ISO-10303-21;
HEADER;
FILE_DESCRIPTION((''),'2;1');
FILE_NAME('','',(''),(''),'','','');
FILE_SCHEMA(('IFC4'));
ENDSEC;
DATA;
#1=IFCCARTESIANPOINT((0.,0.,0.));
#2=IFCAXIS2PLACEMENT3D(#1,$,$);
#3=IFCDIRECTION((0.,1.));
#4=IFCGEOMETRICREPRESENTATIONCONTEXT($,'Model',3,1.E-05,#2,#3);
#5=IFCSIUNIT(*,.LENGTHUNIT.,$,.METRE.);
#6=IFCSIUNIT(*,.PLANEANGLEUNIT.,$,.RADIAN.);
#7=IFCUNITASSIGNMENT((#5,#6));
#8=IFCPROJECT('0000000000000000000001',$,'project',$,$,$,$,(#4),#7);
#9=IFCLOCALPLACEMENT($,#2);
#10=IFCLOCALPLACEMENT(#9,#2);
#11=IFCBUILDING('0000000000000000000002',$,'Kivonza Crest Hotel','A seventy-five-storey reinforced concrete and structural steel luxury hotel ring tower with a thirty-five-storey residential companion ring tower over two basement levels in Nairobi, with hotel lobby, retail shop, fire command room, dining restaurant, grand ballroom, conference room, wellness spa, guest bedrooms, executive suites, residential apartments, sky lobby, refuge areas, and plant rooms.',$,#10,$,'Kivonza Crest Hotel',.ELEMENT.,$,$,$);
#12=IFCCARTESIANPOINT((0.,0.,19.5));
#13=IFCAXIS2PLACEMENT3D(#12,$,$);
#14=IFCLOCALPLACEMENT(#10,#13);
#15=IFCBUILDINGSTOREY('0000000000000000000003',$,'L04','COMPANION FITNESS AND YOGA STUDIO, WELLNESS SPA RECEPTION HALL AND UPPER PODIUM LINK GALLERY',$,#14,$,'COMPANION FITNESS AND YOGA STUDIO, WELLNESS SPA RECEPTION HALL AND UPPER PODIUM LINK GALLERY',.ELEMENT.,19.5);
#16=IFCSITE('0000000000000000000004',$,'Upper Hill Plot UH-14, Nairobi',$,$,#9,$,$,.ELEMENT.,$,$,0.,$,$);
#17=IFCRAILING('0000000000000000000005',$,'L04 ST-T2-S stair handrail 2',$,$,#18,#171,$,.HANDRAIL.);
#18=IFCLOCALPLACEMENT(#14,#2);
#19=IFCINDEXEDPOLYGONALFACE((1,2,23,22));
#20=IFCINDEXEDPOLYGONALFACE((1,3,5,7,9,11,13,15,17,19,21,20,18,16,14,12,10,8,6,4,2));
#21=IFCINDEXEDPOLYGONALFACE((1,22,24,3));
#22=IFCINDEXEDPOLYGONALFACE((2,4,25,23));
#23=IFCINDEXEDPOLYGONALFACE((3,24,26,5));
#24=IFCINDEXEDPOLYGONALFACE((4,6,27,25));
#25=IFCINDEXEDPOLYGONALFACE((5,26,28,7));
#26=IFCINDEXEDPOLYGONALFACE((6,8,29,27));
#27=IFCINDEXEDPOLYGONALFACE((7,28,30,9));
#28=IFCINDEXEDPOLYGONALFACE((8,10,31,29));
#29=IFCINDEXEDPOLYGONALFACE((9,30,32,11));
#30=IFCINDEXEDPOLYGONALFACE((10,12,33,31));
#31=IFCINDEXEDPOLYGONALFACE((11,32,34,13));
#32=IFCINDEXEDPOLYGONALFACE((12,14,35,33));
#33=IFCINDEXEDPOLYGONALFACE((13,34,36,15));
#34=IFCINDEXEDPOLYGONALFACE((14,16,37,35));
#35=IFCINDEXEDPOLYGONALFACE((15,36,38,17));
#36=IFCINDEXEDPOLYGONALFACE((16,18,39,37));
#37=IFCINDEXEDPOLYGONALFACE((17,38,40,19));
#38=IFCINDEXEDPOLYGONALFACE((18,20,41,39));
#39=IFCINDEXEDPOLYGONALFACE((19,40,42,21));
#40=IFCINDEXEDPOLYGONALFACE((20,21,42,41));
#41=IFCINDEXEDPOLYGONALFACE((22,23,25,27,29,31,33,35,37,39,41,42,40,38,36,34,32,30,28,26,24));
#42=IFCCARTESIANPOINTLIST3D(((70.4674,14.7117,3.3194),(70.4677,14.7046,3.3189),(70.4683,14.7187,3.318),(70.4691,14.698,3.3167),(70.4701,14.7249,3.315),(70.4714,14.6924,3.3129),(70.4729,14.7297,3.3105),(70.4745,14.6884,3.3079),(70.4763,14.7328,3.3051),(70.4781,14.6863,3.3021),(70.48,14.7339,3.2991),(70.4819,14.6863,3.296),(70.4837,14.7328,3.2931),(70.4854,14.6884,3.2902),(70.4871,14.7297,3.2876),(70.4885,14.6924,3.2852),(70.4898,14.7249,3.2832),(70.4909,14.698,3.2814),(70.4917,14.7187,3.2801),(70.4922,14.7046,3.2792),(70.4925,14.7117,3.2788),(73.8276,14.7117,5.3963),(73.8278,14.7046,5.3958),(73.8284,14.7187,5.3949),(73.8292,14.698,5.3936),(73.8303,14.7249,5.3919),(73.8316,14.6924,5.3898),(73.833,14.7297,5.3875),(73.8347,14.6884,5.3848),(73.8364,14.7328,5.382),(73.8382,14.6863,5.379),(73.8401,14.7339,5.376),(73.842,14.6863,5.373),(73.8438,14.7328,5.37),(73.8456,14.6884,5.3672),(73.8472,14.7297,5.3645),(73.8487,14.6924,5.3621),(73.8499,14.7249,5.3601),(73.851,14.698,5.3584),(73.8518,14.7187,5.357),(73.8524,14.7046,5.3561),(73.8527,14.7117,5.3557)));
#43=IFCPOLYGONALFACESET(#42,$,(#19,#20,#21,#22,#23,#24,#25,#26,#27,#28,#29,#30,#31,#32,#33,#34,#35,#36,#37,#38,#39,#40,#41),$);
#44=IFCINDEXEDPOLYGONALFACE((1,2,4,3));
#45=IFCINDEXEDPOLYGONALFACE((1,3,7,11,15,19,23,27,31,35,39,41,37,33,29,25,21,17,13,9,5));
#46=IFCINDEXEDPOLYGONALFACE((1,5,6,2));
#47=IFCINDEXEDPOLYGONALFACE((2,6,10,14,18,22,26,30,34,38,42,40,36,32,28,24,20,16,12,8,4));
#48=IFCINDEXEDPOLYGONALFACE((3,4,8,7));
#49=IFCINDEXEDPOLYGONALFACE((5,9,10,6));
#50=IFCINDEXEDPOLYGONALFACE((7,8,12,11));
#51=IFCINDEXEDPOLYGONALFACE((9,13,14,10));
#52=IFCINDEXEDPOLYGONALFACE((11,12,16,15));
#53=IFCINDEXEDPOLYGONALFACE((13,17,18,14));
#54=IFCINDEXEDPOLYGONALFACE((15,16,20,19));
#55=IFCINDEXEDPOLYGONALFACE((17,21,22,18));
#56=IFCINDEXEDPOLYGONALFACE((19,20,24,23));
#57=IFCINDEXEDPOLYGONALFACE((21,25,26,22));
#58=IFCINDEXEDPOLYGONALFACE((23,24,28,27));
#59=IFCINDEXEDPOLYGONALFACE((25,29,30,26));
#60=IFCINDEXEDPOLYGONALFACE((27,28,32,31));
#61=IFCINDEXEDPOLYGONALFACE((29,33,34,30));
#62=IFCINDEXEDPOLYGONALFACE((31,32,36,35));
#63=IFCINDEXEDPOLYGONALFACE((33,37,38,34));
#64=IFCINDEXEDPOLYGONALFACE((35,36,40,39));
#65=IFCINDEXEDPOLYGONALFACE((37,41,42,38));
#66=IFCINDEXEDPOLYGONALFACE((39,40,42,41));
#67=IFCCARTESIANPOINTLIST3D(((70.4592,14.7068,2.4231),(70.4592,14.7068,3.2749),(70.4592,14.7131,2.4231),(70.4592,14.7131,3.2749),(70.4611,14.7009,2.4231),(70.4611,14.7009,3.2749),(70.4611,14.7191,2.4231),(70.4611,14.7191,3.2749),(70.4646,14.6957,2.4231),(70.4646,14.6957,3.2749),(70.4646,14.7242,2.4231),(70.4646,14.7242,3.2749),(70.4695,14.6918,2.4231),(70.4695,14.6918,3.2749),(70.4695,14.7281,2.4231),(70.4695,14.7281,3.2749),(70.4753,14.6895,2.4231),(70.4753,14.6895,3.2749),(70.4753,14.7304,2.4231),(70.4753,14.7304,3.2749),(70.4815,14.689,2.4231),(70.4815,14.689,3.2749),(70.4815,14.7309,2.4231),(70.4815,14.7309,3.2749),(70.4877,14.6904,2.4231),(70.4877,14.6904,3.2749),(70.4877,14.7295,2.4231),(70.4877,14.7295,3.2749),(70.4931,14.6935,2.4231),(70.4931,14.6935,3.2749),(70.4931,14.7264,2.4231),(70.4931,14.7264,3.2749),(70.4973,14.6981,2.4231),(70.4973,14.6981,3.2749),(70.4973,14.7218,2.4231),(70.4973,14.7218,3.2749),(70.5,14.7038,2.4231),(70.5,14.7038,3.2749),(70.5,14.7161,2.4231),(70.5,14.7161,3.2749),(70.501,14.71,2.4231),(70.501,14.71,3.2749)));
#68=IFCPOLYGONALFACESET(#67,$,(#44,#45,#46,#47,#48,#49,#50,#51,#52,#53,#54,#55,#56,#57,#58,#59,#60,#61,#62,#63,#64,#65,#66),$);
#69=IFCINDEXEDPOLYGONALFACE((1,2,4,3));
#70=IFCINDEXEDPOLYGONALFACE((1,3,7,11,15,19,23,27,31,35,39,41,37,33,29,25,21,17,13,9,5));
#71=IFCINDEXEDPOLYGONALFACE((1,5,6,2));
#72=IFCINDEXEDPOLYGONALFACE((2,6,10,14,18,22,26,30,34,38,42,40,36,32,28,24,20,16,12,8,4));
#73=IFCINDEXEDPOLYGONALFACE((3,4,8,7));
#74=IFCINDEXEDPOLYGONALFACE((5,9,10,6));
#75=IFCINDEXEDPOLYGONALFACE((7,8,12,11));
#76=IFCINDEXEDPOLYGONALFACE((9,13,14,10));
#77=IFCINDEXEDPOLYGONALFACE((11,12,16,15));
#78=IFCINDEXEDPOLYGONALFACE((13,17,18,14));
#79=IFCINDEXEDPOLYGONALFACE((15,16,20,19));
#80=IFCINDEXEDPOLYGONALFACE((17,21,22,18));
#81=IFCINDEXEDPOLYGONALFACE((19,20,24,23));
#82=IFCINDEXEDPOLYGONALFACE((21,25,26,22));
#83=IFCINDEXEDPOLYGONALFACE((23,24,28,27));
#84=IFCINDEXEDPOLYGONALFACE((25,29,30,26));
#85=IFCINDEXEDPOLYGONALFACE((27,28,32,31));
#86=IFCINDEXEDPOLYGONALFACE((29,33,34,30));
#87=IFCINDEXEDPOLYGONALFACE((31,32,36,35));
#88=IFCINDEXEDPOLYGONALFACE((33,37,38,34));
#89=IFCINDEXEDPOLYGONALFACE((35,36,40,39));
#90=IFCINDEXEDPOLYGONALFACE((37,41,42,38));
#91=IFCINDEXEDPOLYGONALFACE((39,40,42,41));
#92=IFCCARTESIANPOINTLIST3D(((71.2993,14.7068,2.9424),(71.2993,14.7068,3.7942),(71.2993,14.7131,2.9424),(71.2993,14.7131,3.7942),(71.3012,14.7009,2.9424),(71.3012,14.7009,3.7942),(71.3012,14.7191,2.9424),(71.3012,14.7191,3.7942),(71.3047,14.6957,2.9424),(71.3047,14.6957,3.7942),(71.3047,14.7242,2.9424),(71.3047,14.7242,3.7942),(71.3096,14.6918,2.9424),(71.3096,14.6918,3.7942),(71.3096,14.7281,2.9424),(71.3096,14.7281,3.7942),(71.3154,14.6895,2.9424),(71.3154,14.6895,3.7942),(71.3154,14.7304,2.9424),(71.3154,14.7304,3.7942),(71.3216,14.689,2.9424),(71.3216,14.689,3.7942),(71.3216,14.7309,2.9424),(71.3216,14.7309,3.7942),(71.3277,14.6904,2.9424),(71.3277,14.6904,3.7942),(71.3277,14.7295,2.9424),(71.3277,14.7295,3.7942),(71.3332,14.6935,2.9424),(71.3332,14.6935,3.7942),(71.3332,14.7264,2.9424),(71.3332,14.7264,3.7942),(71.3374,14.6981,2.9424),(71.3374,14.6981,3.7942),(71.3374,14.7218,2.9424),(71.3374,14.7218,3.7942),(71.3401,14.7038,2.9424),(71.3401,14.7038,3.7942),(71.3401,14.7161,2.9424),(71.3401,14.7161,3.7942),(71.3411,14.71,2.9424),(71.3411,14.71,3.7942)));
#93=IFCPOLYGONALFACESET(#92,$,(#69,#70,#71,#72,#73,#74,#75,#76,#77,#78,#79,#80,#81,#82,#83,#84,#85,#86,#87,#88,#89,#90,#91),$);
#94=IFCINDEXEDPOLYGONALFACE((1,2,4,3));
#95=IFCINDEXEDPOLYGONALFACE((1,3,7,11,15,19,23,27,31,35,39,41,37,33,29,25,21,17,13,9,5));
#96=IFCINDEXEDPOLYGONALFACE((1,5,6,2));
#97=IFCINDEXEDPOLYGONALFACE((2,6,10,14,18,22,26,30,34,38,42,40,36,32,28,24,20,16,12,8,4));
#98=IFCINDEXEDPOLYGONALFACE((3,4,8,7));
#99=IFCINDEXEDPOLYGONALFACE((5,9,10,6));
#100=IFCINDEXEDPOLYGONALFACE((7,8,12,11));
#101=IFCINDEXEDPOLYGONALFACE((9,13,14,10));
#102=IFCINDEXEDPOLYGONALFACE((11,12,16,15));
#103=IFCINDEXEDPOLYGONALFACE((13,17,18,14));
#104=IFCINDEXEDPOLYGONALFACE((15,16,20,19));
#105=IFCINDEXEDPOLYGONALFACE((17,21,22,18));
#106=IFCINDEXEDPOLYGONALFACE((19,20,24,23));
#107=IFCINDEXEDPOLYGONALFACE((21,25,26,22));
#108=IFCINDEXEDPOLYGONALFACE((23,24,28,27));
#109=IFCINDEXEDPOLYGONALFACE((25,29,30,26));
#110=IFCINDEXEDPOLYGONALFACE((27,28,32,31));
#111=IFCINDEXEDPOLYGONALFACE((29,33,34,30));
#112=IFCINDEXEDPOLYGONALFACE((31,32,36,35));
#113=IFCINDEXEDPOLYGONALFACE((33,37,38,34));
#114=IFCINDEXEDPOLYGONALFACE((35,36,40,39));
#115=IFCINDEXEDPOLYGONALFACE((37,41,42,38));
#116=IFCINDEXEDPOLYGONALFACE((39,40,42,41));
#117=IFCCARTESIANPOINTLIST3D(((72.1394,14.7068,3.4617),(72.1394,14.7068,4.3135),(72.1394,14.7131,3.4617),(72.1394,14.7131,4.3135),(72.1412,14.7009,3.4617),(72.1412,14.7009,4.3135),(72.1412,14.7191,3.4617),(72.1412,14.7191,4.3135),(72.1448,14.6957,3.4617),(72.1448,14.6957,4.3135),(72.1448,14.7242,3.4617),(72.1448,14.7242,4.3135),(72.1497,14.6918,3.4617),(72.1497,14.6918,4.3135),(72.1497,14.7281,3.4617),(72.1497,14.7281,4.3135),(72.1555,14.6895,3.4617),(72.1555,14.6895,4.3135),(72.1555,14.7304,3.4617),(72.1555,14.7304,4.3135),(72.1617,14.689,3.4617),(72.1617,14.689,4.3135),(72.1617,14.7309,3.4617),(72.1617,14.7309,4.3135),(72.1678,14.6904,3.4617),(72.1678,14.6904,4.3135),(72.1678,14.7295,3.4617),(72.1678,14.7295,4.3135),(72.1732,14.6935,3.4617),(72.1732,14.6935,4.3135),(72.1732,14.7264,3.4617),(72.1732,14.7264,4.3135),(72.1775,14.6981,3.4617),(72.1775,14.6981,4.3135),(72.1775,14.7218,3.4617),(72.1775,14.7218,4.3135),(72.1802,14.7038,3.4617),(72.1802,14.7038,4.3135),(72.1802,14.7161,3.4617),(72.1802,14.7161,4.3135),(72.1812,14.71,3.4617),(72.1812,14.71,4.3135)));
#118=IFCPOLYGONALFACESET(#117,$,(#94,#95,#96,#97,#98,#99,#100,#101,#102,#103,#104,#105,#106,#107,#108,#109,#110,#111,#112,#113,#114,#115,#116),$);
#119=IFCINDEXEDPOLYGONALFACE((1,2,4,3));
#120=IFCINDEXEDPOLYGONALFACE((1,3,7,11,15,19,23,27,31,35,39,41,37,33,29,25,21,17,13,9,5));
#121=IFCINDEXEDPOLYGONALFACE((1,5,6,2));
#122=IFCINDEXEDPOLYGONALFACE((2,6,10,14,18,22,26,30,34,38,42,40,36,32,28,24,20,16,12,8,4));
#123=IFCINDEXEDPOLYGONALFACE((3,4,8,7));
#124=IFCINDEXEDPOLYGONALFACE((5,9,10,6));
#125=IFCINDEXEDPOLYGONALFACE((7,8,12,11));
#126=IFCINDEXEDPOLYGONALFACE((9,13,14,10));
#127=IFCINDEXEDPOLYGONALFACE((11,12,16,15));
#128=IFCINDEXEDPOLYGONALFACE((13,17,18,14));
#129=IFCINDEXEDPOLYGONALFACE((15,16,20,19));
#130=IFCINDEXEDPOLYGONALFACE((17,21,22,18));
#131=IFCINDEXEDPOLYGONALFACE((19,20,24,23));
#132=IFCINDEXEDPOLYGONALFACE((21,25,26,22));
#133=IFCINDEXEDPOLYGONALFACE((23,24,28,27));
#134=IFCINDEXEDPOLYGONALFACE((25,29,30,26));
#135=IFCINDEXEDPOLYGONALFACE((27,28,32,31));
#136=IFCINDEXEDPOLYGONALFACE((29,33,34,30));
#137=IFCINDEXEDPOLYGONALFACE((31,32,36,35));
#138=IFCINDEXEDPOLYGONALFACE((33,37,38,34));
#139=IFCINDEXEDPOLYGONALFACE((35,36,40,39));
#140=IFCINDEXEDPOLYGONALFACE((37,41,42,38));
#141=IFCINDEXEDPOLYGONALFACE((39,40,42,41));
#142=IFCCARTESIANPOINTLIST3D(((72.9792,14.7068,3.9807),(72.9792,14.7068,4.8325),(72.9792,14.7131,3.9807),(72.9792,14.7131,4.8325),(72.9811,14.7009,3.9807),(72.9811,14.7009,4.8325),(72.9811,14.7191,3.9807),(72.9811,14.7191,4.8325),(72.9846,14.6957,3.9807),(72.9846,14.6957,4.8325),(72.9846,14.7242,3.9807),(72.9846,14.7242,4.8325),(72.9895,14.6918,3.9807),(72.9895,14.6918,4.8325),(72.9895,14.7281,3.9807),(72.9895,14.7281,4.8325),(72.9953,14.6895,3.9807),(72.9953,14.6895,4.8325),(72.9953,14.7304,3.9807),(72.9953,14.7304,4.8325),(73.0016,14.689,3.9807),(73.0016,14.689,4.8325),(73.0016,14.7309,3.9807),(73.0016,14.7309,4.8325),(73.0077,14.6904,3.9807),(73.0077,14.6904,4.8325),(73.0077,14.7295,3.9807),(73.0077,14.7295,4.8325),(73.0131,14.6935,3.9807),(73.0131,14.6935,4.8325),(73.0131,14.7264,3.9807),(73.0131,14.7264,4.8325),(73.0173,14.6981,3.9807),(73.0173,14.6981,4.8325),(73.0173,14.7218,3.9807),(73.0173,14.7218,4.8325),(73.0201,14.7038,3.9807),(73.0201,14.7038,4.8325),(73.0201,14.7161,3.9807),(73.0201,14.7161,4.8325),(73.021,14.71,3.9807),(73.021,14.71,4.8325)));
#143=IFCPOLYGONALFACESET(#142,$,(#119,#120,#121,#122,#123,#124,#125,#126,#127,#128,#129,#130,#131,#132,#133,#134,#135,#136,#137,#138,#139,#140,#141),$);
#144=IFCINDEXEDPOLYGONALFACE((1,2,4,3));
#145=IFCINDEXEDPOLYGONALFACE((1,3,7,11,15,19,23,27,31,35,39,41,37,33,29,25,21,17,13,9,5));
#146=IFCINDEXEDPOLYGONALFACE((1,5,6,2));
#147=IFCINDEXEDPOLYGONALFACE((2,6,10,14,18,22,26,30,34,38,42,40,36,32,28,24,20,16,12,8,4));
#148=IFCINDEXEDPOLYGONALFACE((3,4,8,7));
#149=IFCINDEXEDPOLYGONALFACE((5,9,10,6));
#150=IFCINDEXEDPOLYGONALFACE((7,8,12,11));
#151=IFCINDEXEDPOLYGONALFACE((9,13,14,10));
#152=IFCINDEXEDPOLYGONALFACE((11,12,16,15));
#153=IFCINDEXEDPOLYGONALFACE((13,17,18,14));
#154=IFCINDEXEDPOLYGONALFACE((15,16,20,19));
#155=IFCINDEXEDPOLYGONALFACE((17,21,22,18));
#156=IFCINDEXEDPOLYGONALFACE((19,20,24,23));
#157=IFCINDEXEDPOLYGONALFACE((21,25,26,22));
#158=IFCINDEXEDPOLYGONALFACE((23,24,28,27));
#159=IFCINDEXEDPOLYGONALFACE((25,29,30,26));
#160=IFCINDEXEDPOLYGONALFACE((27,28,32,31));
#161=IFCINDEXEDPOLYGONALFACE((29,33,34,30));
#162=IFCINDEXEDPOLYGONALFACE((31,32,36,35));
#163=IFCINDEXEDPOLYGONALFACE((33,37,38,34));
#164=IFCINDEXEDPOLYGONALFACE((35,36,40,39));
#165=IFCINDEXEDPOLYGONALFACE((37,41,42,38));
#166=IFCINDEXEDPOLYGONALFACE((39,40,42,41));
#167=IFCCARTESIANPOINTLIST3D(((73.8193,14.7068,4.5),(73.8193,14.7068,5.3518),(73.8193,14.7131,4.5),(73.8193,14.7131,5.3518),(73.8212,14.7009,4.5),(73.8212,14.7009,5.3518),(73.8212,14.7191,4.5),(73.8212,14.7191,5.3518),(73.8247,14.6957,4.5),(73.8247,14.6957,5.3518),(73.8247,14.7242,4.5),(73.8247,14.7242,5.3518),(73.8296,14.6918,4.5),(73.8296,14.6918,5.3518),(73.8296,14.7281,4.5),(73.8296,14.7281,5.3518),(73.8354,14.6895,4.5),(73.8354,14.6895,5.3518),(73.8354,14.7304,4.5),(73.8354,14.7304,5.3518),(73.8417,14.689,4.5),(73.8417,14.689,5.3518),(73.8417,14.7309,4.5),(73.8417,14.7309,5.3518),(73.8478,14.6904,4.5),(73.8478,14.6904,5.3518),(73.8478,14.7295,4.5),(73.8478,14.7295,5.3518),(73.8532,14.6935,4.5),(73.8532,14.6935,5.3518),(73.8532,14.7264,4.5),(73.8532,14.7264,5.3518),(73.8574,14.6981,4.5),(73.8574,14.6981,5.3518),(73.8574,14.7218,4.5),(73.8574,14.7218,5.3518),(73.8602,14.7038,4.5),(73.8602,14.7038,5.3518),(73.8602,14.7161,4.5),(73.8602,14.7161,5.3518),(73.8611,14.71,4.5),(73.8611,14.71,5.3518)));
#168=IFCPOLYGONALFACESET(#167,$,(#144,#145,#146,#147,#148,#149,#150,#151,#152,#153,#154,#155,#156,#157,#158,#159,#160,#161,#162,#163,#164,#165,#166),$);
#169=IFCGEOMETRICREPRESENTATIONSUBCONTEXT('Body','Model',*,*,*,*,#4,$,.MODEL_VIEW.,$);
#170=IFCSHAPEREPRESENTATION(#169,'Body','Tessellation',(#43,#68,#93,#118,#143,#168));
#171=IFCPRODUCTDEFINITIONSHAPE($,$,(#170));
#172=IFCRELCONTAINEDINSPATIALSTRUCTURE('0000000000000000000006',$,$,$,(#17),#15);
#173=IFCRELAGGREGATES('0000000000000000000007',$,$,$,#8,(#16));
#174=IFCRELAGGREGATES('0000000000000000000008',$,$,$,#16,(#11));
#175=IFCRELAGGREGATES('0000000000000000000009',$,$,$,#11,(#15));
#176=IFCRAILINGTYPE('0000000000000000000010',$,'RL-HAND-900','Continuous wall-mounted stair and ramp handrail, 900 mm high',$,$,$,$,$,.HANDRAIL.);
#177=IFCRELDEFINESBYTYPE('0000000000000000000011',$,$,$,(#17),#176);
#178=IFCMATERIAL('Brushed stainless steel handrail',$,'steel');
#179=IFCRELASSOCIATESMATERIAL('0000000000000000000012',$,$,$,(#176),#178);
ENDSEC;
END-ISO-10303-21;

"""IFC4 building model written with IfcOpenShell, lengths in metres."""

from ifc_helpers import new_model, si_unit, direction, frame, origin, origin_2d, place, context, subcontext, project, spatial, circle, extrude, material, type_object, element, save


model = new_model("IFC4")

# Units and contexts
model_context = context("Model", 3, precision=1e-05, world=origin(), true_north=direction((0.0, 1.0)))
body_context = subcontext(model_context, "Body", "Model", "MODEL_VIEW")
ifc_project = project(units=[si_unit("LENGTHUNIT", "METRE"), si_unit("PLANEANGLEUNIT", "RADIAN")], contexts=[model_context])

# Site, building, storey
site_placement = place(None, origin())
site = spatial("IfcSite", under=ifc_project, at=site_placement, Name="Upper Hill Plot UH-14, Nairobi", CompositionType="ELEMENT", RefElevation=0.0)
building_placement = place(site_placement, origin())
building = spatial("IfcBuilding", under=site, at=building_placement, Name="Kivonza Crest Hotel", Description="A seventy-five-storey reinforced concrete and structural steel luxury hotel ring tower with a thirty-five-storey residential companion ring tower over two basement levels in Nairobi, with hotel lobby, retail shop, fire command room, dining restaurant, grand ballroom, conference room, wellness spa, guest bedrooms, executive suites, residential apartments, sky lobby, refuge areas, and plant rooms.", LongName="Kivonza Crest Hotel", CompositionType="ELEMENT")
storey_placement = place(building_placement, frame((0.0, 0.0, 19.5)))
storey = spatial("IfcBuildingStorey", under=building, at=storey_placement, Name="L04", Description="COMPANION FITNESS AND YOGA STUDIO, WELLNESS SPA RECEPTION HALL AND UPPER PODIUM LINK GALLERY", LongName="COMPANION FITNESS AND YOGA STUDIO, WELLNESS SPA RECEPTION HALL AND UPPER PODIUM LINK GALLERY", CompositionType="ELEMENT", Elevation=19.5)

# Railing
ifc_material_1 = material(Name="Brushed stainless steel handrail", Category="steel")
railing_type_1 = type_object("IfcRailingType", Name="RL-HAND-900", Description="Continuous wall-mounted stair and ramp handrail, 900 mm high", PredefinedType="HANDRAIL", material=ifc_material_1)
railing_1_placement = place(storey_placement, frame((70.48, 14.71, 2.4231)))
element("IfcRailing", 1, at=railing_1_placement, inside=storey, type_object=railing_type_1, Name="L04 ST-T2-S stair handrail 2", PredefinedType="HANDRAIL", context=body_context, shape_type="SweptSolid", body=[
    extrude(circle(Radius=0.0239, at=origin_2d()), frame((0.0, 0.0, 0.876), z_axis=(0.850623, 0.0, 0.525776), x_axis=(0.0, 1.0, 0.0)), (0.0, 0.0, 1.0), 3.9502),
    extrude(circle(Radius=0.021, at=origin_2d()), origin(), (0.0, 0.0, 1.0), 0.8518),
    extrude(circle(Radius=0.021, at=origin_2d()), frame((0.8401, 0.0, 0.5193)), (0.0, 0.0, 1.0), 0.8518),
    extrude(circle(Radius=0.021, at=origin_2d()), frame((1.6802, 0.0, 1.0386)), (0.0, 0.0, 1.0), 0.8518),
    extrude(circle(Radius=0.021, at=origin_2d()), frame((2.52, 0.0, 1.5576)), (0.0, 0.0, 1.0), 0.8518),
    extrude(circle(Radius=0.021, at=origin_2d()), frame((3.3601, 0.0, 2.0769)), (0.0, 0.0, 1.0), 0.8518),
])

save(model, "model.ifc")
